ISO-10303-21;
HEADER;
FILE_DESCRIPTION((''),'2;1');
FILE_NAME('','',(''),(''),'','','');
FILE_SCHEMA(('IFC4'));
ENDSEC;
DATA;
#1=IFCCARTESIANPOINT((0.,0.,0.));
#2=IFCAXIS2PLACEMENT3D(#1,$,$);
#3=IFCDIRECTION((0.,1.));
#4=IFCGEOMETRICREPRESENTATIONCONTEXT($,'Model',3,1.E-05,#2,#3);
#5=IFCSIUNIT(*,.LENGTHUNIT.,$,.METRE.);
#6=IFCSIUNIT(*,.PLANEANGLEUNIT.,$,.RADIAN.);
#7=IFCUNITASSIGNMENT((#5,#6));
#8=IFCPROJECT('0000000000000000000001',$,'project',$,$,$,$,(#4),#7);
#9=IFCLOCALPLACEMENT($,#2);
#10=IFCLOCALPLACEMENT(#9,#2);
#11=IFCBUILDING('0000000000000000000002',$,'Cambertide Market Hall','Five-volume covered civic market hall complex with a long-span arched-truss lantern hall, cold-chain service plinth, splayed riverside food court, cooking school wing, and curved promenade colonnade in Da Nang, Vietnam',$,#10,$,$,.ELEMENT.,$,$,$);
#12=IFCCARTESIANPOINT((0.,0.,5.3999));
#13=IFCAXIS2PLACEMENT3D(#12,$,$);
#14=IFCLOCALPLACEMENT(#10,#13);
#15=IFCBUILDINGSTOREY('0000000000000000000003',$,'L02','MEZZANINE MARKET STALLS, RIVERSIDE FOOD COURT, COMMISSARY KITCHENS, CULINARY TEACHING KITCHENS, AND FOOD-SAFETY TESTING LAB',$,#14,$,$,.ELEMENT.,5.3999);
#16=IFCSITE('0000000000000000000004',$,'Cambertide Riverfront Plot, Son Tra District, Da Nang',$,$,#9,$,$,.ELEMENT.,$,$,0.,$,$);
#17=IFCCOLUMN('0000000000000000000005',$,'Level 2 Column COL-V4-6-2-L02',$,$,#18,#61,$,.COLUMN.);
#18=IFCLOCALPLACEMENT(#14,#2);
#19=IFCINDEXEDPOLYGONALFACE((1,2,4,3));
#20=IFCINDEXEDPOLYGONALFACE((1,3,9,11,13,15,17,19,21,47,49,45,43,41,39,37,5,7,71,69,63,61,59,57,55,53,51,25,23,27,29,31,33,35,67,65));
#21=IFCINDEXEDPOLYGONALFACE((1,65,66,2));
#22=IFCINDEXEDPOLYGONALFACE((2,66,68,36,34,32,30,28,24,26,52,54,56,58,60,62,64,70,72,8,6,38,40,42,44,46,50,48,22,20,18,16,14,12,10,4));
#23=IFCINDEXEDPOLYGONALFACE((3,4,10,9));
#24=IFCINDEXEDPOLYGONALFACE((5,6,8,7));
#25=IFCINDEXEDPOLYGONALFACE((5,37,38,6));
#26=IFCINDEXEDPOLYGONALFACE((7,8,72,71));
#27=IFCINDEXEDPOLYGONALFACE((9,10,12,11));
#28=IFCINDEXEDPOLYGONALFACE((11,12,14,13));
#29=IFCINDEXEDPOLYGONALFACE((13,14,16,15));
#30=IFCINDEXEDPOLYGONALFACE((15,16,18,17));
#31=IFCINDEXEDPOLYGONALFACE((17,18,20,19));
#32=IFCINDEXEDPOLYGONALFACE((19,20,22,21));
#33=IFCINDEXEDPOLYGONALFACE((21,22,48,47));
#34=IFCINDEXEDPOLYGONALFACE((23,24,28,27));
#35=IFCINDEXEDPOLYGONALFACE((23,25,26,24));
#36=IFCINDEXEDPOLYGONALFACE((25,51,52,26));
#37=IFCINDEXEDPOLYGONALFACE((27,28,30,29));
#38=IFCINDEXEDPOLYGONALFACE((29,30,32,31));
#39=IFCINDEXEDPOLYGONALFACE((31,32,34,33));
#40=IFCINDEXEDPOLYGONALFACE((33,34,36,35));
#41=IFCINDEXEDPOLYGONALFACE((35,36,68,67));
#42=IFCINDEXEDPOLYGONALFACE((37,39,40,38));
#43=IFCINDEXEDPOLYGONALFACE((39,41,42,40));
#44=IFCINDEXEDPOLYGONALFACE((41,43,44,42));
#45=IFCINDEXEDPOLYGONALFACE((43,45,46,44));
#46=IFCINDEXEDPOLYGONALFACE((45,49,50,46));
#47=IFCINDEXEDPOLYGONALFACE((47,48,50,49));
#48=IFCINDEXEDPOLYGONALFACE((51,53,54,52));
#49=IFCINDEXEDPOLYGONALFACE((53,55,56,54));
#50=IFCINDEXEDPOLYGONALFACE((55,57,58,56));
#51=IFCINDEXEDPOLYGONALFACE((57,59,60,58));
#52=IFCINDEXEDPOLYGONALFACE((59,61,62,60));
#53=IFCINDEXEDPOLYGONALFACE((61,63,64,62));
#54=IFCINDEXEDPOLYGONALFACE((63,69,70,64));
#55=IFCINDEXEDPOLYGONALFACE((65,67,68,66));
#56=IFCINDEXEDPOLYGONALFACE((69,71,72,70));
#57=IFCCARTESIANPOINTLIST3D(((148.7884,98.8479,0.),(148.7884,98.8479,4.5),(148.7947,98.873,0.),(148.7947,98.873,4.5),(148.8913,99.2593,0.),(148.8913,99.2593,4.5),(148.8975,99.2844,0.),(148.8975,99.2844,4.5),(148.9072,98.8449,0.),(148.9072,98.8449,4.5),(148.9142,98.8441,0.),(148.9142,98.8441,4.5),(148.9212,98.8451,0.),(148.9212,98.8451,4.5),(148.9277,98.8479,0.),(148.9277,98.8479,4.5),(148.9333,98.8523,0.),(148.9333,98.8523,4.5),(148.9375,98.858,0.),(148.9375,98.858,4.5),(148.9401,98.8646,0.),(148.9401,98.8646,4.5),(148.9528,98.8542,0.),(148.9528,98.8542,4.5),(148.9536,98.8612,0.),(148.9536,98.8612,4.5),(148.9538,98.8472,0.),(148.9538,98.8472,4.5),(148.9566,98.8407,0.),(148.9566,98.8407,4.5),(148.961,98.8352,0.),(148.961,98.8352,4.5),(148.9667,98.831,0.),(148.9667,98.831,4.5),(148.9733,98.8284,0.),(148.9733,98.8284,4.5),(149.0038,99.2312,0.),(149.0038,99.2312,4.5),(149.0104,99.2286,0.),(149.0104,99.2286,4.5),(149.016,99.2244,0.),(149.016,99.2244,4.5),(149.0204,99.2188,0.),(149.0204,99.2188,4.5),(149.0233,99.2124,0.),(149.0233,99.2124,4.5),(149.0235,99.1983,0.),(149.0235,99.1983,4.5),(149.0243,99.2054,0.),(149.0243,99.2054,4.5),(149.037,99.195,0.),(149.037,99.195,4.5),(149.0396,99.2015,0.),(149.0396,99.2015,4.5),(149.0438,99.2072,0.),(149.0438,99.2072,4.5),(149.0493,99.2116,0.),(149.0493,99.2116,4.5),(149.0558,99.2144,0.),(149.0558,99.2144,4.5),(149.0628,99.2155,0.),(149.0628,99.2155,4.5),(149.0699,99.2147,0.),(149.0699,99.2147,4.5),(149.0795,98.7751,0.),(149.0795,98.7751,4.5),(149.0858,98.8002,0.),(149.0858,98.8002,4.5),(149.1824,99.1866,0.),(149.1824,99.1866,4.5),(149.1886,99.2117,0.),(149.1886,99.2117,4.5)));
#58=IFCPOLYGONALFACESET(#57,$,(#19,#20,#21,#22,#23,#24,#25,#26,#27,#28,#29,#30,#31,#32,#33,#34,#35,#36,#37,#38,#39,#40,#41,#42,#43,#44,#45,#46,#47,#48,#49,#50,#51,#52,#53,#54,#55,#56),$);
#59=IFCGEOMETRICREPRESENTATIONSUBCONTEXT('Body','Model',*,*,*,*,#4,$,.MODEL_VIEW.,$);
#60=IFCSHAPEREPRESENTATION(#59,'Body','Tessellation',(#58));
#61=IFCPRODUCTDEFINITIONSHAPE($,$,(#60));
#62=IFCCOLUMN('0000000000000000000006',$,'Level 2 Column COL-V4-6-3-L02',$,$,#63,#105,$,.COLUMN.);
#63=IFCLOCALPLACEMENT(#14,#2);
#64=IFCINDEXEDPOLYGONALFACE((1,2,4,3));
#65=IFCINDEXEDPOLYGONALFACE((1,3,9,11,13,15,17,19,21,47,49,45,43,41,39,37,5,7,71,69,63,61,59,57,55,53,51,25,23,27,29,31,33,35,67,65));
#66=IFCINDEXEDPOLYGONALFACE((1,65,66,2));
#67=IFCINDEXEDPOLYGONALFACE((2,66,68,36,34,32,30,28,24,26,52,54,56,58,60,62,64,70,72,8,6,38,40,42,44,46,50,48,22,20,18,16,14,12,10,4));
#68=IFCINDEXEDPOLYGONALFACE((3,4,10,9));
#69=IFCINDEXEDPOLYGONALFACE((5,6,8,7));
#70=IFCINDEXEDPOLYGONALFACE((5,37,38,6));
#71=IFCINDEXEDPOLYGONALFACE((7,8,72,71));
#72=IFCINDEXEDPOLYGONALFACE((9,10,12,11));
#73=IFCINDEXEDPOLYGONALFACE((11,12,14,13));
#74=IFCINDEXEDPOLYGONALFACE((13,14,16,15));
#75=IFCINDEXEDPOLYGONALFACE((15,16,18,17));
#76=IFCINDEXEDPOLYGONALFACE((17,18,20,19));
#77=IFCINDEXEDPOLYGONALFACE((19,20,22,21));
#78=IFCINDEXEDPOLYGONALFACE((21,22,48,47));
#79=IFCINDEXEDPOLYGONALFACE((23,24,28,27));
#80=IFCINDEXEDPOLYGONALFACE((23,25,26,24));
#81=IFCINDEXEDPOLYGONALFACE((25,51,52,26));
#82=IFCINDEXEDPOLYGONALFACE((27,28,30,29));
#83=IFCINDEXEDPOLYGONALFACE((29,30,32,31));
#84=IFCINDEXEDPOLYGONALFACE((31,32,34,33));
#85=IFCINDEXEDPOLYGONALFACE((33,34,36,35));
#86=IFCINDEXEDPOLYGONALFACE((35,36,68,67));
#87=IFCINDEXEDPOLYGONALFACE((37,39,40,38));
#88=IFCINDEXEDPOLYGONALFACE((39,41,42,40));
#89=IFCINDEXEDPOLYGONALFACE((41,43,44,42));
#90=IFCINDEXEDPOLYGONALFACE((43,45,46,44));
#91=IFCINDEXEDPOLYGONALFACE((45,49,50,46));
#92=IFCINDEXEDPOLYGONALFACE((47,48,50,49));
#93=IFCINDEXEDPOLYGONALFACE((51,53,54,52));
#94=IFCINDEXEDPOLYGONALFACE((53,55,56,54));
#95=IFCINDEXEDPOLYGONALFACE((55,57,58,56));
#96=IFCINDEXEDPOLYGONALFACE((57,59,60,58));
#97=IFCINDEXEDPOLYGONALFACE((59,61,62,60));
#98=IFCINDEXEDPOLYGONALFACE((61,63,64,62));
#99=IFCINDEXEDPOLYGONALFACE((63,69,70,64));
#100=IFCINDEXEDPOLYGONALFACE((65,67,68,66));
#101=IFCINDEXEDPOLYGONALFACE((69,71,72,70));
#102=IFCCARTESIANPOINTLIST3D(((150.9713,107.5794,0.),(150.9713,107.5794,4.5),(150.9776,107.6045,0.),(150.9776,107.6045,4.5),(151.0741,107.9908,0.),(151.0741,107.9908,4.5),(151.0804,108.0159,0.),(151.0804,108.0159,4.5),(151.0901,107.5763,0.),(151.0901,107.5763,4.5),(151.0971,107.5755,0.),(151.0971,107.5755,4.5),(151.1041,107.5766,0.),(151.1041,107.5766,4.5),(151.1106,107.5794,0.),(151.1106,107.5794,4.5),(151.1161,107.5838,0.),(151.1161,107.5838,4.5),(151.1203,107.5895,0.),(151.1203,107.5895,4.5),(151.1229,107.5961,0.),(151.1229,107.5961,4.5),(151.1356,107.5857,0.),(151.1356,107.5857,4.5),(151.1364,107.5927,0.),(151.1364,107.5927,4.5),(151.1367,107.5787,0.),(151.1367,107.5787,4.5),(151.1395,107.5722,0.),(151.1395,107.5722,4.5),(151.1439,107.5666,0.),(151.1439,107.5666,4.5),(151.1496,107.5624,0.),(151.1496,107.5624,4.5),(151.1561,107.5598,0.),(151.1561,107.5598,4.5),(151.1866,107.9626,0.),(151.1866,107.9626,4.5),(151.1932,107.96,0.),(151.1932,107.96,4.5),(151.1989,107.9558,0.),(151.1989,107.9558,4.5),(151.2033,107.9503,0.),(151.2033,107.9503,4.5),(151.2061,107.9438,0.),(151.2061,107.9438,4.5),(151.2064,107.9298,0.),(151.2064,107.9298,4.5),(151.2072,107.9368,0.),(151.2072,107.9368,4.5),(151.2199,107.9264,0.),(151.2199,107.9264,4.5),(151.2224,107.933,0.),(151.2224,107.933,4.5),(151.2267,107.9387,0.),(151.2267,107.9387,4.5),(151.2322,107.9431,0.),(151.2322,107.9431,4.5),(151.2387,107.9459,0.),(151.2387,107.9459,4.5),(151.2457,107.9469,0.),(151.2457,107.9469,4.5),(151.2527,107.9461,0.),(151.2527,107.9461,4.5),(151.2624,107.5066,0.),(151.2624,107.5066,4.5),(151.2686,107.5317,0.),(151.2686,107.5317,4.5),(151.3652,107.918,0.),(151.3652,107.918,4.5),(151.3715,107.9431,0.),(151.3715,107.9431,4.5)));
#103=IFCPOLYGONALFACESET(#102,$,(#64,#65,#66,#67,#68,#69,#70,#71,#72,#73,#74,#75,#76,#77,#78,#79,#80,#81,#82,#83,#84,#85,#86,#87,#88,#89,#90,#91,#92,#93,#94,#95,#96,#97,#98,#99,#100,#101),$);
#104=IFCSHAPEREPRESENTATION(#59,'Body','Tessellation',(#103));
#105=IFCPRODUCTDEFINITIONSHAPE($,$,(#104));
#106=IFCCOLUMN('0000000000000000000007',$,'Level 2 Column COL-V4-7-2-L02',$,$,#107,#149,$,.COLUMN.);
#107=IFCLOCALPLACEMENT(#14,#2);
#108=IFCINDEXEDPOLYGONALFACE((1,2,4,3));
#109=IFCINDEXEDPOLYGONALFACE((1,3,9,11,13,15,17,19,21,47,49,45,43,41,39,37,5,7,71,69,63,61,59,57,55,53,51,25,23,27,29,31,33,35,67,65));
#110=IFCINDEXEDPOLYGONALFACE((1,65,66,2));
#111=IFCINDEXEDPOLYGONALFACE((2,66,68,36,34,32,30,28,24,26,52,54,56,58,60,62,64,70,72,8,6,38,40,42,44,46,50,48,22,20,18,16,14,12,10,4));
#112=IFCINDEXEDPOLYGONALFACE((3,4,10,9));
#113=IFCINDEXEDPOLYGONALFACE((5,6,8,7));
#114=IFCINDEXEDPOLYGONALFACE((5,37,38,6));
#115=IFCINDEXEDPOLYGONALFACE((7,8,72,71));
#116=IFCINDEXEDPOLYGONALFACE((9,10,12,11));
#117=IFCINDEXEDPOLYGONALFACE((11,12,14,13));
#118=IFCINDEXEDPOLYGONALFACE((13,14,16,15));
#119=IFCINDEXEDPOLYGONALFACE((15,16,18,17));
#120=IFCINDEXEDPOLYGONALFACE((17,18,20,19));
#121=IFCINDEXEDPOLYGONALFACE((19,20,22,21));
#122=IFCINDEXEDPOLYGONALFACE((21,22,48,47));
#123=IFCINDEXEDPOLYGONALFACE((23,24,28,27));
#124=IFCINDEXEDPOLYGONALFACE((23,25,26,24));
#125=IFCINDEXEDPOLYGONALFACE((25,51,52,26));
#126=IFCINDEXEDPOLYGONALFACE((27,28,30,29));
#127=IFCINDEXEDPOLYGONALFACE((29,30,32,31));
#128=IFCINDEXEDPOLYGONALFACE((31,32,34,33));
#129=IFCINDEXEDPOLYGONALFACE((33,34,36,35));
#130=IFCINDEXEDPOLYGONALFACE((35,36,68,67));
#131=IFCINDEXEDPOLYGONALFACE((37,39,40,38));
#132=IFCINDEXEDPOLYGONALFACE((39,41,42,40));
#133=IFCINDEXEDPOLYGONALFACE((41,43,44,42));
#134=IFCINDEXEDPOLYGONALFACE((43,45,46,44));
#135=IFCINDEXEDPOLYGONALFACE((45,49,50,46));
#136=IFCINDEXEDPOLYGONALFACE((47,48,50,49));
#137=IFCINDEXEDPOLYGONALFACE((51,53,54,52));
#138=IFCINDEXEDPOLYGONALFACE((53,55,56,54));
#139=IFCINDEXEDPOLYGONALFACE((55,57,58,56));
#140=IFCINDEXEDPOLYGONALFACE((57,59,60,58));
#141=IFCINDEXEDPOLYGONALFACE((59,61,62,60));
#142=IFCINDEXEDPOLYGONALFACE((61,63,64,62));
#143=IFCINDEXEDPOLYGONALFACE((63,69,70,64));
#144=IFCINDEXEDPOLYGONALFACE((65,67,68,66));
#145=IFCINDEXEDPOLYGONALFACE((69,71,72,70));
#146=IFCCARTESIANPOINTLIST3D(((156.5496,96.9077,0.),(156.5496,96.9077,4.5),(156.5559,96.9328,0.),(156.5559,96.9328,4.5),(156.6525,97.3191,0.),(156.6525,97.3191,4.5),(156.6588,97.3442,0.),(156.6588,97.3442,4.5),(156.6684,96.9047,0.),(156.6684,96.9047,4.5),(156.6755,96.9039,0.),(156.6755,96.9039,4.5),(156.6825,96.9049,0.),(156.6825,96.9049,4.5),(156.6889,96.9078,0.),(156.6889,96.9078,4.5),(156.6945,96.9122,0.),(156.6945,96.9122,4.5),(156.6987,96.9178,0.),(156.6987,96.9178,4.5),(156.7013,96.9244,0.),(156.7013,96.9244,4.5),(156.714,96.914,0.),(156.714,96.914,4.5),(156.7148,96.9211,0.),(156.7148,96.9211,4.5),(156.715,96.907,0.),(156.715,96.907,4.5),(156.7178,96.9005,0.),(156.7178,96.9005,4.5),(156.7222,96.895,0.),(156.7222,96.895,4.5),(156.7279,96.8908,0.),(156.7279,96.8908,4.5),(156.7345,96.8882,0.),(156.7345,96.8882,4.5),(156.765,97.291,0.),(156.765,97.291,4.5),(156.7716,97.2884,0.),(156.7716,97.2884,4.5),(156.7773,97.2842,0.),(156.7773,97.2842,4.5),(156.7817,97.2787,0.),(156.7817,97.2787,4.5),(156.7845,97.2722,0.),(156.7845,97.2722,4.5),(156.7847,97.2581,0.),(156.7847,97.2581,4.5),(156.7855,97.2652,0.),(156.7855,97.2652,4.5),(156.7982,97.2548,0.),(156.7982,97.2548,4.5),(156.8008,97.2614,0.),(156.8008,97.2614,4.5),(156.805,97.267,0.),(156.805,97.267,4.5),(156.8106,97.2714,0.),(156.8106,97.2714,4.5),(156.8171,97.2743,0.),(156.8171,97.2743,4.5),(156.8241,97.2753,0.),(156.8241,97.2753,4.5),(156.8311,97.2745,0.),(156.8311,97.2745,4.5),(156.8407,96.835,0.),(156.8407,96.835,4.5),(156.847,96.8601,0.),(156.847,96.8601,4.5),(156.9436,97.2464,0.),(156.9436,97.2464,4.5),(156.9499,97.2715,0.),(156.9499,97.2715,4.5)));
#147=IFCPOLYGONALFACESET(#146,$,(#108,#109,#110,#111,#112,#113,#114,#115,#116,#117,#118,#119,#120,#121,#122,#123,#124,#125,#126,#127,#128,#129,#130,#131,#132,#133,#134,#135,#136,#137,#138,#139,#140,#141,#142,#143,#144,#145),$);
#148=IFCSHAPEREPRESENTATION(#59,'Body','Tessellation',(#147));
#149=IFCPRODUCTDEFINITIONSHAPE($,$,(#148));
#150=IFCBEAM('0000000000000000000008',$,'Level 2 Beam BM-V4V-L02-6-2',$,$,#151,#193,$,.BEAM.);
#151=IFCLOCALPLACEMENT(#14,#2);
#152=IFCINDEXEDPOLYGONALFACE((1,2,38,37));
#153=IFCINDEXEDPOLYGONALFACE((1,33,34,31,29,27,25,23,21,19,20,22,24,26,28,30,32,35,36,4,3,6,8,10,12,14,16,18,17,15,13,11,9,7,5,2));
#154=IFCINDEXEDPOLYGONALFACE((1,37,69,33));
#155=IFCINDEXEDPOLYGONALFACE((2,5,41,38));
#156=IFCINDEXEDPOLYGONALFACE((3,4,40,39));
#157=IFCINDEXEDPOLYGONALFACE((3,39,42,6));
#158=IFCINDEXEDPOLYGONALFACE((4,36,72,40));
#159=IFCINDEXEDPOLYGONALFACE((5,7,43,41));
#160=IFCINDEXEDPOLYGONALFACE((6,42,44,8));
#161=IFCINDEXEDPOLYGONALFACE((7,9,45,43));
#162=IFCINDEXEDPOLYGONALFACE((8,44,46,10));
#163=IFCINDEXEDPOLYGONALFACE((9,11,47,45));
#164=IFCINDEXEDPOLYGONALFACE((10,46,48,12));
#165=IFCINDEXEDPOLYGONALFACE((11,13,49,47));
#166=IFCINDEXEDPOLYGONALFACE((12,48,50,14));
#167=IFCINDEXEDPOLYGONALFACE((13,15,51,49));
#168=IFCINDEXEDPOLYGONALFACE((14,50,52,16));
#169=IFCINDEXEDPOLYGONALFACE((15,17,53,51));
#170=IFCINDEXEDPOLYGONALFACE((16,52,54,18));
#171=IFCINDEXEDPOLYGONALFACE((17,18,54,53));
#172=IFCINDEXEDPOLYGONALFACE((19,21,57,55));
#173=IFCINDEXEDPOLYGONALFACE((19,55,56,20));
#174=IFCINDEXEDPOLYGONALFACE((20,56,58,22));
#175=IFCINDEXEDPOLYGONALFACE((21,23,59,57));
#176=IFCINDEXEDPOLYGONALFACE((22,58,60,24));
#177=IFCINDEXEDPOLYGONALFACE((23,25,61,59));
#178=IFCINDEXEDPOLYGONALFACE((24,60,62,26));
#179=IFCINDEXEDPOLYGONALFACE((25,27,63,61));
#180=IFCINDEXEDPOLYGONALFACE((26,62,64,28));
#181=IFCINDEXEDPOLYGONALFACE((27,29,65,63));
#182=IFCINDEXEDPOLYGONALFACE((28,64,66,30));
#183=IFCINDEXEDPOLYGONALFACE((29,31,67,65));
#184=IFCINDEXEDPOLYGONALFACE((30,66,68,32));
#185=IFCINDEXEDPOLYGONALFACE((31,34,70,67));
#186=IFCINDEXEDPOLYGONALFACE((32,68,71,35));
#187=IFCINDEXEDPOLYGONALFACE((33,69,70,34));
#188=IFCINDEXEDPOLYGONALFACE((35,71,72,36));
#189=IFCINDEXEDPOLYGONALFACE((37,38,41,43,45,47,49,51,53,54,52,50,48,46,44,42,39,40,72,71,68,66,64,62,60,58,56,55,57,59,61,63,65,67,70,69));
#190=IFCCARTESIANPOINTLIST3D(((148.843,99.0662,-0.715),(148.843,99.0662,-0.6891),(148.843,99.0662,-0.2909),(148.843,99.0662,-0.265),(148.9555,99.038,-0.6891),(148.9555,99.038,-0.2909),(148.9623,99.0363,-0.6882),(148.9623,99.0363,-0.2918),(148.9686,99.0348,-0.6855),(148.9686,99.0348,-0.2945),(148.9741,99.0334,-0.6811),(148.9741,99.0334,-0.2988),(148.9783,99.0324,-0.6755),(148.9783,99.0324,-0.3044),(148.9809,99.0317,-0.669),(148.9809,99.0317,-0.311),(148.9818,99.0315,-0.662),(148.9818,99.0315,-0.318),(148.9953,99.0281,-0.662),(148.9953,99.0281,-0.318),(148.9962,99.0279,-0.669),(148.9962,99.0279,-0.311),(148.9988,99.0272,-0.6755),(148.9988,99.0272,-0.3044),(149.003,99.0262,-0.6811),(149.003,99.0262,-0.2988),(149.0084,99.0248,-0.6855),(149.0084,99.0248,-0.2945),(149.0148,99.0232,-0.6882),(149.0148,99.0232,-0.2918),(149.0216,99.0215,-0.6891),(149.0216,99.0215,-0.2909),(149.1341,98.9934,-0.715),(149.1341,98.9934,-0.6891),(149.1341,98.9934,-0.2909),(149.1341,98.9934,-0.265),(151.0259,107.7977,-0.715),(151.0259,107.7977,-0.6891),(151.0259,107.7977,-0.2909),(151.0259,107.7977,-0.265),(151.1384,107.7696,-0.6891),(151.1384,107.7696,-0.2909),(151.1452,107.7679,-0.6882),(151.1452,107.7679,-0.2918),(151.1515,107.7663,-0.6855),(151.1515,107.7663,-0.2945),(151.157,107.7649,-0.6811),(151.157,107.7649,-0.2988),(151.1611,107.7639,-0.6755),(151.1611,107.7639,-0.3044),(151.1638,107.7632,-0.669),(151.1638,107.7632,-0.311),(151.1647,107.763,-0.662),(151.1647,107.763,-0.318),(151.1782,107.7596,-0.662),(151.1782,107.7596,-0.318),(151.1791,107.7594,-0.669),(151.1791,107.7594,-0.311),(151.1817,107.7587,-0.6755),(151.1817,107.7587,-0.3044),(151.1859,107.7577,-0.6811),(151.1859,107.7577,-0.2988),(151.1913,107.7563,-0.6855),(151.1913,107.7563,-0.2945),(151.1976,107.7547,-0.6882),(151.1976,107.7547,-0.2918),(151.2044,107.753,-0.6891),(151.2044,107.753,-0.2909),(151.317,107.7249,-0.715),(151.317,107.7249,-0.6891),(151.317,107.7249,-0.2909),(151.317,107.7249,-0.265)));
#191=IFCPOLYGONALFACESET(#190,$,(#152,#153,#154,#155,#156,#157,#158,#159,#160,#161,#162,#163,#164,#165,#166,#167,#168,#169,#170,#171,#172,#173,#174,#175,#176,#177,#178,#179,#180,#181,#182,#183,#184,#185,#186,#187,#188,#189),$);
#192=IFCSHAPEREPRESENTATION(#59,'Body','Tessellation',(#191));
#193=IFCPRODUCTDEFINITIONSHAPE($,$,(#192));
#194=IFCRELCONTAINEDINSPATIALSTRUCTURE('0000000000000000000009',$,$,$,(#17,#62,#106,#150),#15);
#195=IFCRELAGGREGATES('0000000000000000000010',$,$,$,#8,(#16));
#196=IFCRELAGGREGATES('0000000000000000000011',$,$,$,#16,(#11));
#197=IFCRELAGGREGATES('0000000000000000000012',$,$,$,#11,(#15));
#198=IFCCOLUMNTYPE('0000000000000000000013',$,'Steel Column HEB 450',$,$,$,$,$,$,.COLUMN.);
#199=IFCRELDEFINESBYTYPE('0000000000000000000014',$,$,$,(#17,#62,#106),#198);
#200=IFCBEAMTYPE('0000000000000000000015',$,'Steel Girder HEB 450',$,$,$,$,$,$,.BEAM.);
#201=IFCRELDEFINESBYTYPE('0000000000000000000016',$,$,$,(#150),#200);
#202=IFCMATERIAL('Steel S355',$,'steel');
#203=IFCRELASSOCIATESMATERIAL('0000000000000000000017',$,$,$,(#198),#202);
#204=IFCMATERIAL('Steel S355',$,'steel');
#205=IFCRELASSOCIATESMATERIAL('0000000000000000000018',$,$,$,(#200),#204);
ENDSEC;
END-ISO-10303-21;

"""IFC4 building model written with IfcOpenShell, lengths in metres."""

from ifc_helpers import new_model, si_unit, direction, frame, origin, origin_2d, place, context, subcontext, project, spatial, i_section, extrude, material, material_profile, profile_set, type_object, element, save


model = new_model("IFC4")

# Units and contexts
model_context = context("Model", 3, precision=1e-05, world=origin(), true_north=direction((0.0, 1.0)))
body_context = subcontext(model_context, "Body", "Model", "MODEL_VIEW")
ifc_project = project(units=[si_unit("LENGTHUNIT", "METRE"), si_unit("PLANEANGLEUNIT", "RADIAN")], contexts=[model_context])

# Site, building, storey
site_placement = place(None, origin())
site = spatial("IfcSite", under=ifc_project, at=site_placement, Name="Cambertide Riverfront Plot, Son Tra District, Da Nang", CompositionType="ELEMENT", RefElevation=0.0)
building_placement = place(site_placement, origin())
building = spatial("IfcBuilding", under=site, at=building_placement, Name="Cambertide Market Hall", Description="Five-volume covered civic market hall complex with a long-span arched-truss lantern hall, cold-chain service plinth, splayed riverside food court, cooking school wing, and curved promenade colonnade in Da Nang, Vietnam", CompositionType="ELEMENT")
storey_placement = place(building_placement, frame((0.0, 0.0, 5.3999)))
storey = spatial("IfcBuildingStorey", under=building, at=storey_placement, Name="L02", Description="MEZZANINE MARKET STALLS, RIVERSIDE FOOD COURT, COMMISSARY KITCHENS, CULINARY TEACHING KITCHENS, AND FOOD-SAFETY TESTING LAB", CompositionType="ELEMENT", Elevation=5.3999)

# Columns
ifc_material_1 = material(Name="Steel S355", Category="steel")
ifc_material_profile_1 = material_profile(ifc_material_1, i_section(OverallWidth=0.3, OverallDepth=0.45, WebThickness=0.0139, FlangeThickness=0.0259, FilletRadius=0.0271, at=origin_2d()), Name="HEB 450")
ifc_profile_set_1 = profile_set([ifc_material_profile_1], Name="Steel S355")
column_type = type_object("IfcColumnType", Name="Steel Column HEB 450", PredefinedType="COLUMN", material=ifc_profile_set_1)
for number, where, z_axis, x_axis, name in (
    (1, (148.9885, 99.0298, 0.0), (0.0, 0.0, 1.0), (0.970143, -0.242536, 0.0), "Level 2 Column COL-V4-6-2-L02"),
    (2, (151.1714, 107.7612, 0.0), (0.0, 0.0, 1.0), (0.970143, -0.242536, 0.0), "Level 2 Column COL-V4-6-3-L02"),
    (3, (156.7498, 97.0896, 0.0), (0.0, 0.0, 1.0), (0.970143, -0.242536, 0.0), "Level 2 Column COL-V4-7-2-L02"),
):
    element("IfcColumn", number, at=place(storey_placement, frame(where, z_axis=z_axis, x_axis=x_axis)), inside=storey, type_object=column_type, Name=name, PredefinedType="COLUMN", context=body_context, shape_type="SweptSolid", body=[
        extrude(i_section(OverallWidth=0.3, OverallDepth=0.45, WebThickness=0.0139, FlangeThickness=0.0259, FilletRadius=0.0271, at=origin_2d()), origin(), (0.0, 0.0, 1.0), 4.5),
    ])

# Beam
ifc_material_2 = material(Name="Steel S355", Category="steel")
ifc_material_profile_2 = material_profile(ifc_material_2, i_section(OverallWidth=0.3, OverallDepth=0.45, WebThickness=0.0139, FlangeThickness=0.0259, FilletRadius=0.0271, at=origin_2d()), Name="HEB 450")
ifc_profile_set_2 = profile_set([ifc_material_profile_2], Name="Steel S355")
beam_type_1 = type_object("IfcBeamType", Name="Steel Girder HEB 450", PredefinedType="BEAM", material=ifc_profile_set_2)
beam_1_placement = place(storey_placement, frame((148.9885, 99.0298, -0.49), z_axis=(0.242536, 0.970143, 0.0), x_axis=(-0.970143, 0.242536, 0.0)))
element("IfcBeam", 4, at=beam_1_placement, inside=storey, type_object=beam_type_1, Name="Level 2 Beam BM-V4V-L02-6-2", PredefinedType="BEAM", context=body_context, shape_type="SweptSolid", body=[
    extrude(i_section(OverallWidth=0.3, OverallDepth=0.45, WebThickness=0.0139, FlangeThickness=0.0259, FilletRadius=0.0271, at=origin_2d()), origin(), (0.0, 0.0, 1.0), 9.0002),
])

save(model, "model.ifc")
